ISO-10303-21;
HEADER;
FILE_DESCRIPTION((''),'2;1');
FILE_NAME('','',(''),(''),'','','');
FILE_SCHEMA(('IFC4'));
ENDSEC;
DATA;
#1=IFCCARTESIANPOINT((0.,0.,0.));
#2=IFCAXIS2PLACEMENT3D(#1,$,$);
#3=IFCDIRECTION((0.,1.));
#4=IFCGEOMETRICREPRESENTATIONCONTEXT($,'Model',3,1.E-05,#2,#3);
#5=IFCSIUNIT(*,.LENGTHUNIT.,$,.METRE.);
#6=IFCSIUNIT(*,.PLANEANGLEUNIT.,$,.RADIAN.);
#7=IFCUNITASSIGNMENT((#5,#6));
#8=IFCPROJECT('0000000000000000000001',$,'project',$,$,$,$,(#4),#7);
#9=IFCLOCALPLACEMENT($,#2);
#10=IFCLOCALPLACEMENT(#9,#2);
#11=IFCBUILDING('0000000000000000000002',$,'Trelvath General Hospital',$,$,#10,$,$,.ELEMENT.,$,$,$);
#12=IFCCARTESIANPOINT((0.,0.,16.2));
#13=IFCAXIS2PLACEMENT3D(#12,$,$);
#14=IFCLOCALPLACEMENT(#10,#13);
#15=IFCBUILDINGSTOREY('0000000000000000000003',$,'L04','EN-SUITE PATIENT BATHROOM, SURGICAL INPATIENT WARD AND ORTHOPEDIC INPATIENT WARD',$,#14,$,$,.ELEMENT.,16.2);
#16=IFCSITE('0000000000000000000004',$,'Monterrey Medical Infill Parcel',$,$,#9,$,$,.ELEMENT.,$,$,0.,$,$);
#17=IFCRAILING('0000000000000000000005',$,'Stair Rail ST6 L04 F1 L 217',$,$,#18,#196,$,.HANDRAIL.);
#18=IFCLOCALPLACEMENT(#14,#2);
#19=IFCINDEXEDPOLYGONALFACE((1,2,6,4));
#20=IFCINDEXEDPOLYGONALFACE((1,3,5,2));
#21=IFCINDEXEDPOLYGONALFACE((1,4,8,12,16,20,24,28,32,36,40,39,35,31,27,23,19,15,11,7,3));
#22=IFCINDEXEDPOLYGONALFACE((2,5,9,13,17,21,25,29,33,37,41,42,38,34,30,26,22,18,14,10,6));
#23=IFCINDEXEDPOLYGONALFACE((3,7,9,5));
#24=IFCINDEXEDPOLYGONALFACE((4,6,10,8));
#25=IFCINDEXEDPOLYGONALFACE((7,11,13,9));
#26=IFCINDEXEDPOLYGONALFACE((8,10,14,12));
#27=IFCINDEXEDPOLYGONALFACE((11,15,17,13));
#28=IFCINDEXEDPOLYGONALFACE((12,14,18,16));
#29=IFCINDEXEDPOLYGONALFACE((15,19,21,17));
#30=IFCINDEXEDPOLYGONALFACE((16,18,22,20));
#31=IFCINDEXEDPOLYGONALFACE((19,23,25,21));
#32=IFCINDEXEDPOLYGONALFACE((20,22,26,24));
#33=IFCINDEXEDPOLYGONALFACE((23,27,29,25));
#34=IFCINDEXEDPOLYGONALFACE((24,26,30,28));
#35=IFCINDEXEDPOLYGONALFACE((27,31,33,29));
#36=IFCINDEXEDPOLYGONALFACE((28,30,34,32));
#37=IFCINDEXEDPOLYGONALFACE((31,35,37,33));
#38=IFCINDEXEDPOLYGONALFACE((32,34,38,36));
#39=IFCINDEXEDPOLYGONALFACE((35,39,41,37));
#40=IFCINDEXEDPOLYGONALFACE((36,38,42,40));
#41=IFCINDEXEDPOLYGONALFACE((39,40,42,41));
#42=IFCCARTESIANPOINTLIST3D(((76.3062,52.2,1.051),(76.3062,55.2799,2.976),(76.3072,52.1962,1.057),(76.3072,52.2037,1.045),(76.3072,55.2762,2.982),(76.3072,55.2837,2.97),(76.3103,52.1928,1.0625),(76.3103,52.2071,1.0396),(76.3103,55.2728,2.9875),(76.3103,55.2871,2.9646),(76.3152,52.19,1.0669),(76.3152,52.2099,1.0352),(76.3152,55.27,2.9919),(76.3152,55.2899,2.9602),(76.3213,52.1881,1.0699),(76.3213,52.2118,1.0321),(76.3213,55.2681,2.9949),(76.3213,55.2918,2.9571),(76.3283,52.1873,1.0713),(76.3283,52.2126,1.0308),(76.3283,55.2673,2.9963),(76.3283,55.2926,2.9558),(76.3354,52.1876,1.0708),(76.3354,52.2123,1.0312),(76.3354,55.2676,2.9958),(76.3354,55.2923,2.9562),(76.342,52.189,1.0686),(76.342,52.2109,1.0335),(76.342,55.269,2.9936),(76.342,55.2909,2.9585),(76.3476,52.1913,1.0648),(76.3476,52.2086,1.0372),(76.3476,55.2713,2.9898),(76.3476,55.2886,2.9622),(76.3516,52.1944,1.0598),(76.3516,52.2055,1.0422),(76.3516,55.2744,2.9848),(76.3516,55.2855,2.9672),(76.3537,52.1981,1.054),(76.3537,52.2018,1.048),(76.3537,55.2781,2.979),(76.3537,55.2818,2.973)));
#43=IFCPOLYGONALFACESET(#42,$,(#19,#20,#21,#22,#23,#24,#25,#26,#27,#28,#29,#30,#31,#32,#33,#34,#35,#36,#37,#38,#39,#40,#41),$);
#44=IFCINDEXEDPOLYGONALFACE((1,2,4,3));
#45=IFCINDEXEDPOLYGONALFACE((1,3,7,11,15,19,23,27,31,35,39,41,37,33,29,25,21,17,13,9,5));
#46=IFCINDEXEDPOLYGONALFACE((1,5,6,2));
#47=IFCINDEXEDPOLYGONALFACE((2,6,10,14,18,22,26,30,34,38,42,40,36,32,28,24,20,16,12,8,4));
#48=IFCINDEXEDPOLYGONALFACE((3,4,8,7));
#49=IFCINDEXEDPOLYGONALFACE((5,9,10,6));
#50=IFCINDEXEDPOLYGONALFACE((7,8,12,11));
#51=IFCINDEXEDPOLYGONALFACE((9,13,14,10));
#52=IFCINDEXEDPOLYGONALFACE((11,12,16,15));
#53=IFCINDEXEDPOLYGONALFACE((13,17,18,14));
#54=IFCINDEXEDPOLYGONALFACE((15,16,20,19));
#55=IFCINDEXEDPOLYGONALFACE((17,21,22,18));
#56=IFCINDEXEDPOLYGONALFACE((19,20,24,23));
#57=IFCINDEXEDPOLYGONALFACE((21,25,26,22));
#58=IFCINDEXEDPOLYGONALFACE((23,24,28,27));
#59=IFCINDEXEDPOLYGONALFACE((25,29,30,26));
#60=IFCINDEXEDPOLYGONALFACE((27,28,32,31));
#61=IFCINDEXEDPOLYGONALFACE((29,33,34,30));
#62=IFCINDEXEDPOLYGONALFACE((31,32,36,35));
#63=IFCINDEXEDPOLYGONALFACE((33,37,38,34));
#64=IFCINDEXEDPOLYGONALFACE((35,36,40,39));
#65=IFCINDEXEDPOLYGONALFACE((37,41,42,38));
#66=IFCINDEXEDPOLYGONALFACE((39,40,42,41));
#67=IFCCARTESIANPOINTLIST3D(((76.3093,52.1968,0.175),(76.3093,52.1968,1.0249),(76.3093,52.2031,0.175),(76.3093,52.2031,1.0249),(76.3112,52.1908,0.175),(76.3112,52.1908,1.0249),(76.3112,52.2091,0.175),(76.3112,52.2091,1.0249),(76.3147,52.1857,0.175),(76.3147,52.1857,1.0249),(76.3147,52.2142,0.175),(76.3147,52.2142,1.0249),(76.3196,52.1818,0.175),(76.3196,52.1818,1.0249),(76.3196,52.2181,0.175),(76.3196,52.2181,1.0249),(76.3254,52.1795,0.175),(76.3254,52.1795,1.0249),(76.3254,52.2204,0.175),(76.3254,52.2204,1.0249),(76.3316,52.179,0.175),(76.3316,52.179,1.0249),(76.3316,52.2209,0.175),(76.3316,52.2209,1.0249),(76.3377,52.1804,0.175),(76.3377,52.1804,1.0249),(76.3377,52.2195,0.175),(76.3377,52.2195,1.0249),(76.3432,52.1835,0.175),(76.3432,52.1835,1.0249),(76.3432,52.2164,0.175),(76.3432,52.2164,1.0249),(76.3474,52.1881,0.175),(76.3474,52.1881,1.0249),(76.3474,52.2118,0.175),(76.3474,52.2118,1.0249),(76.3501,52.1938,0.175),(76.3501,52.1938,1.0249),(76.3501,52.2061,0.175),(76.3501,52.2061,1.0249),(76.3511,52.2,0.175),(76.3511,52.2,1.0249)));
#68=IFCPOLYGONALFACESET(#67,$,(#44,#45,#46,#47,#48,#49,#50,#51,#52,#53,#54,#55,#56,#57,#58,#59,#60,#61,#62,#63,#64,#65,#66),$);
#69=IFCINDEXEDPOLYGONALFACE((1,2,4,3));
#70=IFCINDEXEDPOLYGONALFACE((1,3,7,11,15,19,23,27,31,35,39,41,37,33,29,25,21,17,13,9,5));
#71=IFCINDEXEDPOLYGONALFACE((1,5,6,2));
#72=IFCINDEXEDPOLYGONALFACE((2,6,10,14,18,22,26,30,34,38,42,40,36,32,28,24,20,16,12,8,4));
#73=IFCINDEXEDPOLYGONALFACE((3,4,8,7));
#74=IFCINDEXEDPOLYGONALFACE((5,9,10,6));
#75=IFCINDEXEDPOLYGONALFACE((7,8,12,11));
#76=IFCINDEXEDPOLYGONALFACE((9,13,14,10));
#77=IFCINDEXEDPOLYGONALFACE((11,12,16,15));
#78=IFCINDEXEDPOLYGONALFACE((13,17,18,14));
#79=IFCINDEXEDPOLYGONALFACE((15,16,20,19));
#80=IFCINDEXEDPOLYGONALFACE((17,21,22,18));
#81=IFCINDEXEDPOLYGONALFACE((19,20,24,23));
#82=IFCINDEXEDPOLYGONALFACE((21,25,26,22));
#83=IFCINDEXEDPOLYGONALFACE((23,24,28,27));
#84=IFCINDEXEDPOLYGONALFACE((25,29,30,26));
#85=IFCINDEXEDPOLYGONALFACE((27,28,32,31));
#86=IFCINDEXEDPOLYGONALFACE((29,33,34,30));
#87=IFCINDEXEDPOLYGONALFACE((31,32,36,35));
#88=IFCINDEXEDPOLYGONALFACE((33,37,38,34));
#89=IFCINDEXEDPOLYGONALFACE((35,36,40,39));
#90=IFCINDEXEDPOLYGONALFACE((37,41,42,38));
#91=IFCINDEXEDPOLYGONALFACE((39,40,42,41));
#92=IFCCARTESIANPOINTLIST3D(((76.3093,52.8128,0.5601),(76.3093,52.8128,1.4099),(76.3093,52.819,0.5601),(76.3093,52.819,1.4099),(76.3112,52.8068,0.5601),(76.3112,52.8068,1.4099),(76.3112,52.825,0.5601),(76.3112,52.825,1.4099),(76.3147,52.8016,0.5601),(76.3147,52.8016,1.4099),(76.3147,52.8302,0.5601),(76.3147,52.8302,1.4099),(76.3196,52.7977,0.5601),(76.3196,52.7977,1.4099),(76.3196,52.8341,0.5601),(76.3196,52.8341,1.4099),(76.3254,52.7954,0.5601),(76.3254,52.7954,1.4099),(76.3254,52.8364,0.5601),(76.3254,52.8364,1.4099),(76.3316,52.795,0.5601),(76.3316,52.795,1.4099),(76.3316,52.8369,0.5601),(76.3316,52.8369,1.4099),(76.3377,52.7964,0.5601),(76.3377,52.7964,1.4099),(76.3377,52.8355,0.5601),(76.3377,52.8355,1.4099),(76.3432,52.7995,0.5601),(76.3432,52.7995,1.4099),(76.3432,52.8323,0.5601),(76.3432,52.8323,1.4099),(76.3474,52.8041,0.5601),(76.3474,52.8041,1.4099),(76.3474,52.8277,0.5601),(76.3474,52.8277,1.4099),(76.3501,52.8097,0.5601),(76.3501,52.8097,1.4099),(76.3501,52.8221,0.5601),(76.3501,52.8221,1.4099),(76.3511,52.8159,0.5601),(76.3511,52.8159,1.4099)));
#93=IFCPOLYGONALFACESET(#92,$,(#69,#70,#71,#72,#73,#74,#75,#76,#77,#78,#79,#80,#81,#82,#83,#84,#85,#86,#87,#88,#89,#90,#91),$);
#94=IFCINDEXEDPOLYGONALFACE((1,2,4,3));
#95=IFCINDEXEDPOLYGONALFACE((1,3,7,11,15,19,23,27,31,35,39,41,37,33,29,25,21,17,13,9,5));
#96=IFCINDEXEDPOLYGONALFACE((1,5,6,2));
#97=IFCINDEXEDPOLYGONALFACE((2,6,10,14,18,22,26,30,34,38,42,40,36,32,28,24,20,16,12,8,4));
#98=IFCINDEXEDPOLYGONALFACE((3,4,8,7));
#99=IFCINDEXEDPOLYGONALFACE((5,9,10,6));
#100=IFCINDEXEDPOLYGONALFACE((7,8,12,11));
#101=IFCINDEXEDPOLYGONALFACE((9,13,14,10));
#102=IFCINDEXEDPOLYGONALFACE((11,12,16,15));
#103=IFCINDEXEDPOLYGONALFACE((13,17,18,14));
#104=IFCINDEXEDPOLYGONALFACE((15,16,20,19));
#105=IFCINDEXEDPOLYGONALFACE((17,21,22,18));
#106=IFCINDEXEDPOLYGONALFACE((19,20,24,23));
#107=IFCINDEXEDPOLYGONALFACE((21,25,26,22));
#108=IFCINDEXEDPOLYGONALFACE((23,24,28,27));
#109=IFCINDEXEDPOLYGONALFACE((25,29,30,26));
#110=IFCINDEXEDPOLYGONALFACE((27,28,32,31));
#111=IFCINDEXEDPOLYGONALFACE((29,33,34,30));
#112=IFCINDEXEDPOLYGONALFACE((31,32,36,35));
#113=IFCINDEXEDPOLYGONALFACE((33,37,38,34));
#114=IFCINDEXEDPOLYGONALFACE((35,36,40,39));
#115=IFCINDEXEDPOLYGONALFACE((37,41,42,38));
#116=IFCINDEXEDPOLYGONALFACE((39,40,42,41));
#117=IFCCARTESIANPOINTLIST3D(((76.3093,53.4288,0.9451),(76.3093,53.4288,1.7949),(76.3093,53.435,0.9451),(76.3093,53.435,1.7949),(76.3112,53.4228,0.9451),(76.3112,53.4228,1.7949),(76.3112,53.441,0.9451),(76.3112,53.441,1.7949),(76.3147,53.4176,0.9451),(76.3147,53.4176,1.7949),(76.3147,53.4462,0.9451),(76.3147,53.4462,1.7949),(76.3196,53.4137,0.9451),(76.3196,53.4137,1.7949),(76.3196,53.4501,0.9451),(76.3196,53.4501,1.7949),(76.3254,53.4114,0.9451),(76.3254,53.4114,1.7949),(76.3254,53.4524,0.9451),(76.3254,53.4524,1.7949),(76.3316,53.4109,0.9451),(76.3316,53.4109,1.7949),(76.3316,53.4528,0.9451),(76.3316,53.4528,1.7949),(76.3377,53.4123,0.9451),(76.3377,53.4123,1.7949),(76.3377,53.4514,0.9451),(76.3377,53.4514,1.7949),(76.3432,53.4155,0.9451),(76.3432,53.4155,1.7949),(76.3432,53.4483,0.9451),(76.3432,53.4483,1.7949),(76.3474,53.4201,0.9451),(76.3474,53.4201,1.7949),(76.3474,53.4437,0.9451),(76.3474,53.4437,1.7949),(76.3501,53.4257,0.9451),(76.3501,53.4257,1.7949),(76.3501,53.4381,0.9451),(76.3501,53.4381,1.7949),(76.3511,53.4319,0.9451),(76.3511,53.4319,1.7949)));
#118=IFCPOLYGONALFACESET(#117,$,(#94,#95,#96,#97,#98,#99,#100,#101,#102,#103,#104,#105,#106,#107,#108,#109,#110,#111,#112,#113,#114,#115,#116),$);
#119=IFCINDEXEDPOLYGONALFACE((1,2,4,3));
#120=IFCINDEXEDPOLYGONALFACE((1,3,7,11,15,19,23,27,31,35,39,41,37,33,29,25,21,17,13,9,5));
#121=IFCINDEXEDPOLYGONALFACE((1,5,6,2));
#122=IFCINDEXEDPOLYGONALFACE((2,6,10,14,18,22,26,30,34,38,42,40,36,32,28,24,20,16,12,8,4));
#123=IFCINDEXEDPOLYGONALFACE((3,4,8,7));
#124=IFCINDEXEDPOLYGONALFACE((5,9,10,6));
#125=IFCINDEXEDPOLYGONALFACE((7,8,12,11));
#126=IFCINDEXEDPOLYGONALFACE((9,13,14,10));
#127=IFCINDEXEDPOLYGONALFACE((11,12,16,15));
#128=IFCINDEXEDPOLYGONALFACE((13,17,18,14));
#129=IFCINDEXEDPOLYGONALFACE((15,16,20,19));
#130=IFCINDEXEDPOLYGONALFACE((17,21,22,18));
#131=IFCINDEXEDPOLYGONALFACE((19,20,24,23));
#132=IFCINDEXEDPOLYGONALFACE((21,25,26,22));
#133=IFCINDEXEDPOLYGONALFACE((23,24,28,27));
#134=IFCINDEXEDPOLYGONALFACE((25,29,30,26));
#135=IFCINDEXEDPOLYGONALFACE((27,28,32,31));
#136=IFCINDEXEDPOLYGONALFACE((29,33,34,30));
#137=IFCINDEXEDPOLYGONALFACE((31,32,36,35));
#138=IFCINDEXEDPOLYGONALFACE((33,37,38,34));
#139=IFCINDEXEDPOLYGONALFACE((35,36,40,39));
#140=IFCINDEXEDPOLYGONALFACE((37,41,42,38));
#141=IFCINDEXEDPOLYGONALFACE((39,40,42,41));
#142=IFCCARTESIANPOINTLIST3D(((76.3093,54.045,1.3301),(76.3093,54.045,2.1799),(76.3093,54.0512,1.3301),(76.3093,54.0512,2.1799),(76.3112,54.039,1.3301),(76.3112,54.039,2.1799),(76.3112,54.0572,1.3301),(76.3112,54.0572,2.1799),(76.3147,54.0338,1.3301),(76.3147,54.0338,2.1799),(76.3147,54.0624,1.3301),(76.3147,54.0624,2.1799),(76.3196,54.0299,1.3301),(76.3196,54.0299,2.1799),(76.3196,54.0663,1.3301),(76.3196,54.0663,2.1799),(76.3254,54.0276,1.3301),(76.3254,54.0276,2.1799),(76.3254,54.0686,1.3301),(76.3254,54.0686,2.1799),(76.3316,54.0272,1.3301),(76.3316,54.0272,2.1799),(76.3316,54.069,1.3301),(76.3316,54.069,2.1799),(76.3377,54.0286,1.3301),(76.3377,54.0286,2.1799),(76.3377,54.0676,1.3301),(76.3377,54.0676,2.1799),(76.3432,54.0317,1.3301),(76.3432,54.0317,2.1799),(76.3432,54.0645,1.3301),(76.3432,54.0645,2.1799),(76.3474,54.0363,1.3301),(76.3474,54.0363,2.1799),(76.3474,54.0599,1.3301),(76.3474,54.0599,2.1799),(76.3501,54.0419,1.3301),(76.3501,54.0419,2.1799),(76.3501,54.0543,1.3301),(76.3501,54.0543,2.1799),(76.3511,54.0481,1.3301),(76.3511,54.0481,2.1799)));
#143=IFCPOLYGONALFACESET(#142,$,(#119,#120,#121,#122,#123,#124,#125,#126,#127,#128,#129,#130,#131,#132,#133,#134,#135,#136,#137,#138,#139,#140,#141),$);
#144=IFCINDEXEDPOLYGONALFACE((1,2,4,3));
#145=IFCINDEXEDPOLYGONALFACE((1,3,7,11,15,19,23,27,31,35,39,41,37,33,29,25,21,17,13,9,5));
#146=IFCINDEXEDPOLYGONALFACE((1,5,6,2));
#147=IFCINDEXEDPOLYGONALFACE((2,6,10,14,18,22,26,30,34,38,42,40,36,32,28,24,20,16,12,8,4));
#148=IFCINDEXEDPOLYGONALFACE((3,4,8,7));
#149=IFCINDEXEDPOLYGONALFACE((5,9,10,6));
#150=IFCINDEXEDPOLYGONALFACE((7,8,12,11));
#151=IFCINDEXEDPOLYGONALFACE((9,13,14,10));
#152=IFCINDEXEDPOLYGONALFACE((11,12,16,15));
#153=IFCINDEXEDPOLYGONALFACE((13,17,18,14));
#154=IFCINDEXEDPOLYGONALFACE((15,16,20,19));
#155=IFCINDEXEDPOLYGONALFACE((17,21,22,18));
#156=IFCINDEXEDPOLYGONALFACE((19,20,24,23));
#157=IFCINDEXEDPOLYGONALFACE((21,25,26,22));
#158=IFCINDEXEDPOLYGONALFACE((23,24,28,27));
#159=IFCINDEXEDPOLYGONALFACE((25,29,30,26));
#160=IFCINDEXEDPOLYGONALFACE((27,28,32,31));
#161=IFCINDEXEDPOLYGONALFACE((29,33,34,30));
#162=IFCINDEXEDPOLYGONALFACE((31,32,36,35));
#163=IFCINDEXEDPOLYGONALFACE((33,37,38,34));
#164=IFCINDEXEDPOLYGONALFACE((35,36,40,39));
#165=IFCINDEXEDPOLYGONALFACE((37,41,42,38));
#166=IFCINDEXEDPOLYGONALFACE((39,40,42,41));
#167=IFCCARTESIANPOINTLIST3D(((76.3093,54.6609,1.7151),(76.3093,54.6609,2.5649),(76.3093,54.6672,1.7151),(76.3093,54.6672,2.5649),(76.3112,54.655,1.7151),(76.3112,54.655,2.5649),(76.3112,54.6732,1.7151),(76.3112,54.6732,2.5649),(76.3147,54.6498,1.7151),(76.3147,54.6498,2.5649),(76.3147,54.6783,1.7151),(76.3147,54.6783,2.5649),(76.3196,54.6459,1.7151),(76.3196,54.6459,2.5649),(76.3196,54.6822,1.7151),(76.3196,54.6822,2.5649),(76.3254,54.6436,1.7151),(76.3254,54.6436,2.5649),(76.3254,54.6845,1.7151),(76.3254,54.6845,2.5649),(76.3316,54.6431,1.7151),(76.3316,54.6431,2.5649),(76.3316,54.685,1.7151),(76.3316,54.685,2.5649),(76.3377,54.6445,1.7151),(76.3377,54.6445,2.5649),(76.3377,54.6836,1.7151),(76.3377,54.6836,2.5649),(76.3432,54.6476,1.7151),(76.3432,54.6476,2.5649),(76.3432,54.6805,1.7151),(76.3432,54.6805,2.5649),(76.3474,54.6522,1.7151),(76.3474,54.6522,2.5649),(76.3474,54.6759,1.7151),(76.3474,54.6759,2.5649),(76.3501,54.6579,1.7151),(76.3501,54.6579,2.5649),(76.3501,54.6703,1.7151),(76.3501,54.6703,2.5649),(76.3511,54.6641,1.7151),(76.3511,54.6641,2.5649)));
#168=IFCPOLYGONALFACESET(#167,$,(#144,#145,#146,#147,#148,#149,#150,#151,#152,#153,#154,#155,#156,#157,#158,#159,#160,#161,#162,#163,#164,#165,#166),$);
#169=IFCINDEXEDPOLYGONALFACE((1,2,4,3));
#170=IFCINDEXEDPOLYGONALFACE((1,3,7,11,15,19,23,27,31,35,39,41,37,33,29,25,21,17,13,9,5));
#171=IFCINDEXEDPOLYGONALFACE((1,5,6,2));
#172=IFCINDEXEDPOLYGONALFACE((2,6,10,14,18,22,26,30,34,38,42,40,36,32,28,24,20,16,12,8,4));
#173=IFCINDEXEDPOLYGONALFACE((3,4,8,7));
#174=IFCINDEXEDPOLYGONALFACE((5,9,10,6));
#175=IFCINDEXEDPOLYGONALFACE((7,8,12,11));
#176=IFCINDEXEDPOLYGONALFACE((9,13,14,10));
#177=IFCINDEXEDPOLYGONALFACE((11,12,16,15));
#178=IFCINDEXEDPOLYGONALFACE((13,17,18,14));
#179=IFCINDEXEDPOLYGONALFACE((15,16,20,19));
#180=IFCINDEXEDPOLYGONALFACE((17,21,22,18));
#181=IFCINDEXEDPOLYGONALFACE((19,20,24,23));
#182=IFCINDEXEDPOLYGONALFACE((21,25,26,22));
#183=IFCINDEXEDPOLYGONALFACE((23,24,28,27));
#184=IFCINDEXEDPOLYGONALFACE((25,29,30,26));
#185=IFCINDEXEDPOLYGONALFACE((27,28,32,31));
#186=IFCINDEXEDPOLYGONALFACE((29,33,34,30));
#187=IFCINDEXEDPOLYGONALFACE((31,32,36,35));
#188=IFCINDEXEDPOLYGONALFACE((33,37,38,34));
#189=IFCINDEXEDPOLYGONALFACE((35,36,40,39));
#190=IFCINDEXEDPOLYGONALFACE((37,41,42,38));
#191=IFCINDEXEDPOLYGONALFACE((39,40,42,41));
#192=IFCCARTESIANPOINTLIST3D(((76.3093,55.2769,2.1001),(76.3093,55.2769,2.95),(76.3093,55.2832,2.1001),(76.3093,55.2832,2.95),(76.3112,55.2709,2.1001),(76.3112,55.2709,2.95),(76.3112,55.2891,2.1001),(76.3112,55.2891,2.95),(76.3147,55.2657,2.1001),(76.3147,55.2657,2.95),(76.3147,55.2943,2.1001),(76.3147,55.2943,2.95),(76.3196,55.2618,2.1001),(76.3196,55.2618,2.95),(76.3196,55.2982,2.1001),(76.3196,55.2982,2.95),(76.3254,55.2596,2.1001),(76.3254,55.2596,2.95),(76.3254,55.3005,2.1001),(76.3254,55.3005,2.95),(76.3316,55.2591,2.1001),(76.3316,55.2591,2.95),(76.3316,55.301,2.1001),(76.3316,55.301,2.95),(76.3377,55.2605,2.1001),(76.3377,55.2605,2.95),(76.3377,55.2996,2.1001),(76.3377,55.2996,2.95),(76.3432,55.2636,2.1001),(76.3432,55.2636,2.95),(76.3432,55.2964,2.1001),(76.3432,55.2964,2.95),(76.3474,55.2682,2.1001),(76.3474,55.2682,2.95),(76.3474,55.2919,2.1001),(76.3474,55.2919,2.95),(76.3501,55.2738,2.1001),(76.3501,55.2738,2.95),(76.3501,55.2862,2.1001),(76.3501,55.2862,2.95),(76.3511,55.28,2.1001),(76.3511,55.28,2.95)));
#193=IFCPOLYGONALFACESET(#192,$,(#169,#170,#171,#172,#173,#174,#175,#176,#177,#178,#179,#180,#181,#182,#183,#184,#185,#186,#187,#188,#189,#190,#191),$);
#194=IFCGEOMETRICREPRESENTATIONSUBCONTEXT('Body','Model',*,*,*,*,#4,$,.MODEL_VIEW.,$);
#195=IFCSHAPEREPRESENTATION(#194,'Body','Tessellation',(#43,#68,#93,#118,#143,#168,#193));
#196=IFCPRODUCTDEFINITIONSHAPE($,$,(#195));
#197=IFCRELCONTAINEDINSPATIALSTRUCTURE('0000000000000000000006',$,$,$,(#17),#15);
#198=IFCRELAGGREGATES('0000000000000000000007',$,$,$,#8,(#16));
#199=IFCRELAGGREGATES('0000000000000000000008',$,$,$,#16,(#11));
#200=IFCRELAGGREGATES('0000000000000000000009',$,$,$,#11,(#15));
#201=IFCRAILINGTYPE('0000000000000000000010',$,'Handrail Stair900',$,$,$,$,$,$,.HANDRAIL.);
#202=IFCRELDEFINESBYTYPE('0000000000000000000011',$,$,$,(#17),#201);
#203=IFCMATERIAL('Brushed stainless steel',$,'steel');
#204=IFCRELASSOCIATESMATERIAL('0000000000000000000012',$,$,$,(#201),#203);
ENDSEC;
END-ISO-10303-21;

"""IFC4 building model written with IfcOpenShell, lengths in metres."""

from ifc_helpers import new_model, si_unit, direction, frame, origin, origin_2d, place, context, subcontext, project, spatial, circle, extrude, material, type_object, element, save


model = new_model("IFC4")

# Units and contexts
model_context = context("Model", 3, precision=1e-05, world=origin(), true_north=direction((0.0, 1.0)))
body_context = subcontext(model_context, "Body", "Model", "MODEL_VIEW")
ifc_project = project(units=[si_unit("LENGTHUNIT", "METRE"), si_unit("PLANEANGLEUNIT", "RADIAN")], contexts=[model_context])

# Site, building, storey
site_placement = place(None, origin())
site = spatial("IfcSite", under=ifc_project, at=site_placement, Name="Monterrey Medical Infill Parcel", CompositionType="ELEMENT", RefElevation=0.0)
building_placement = place(site_placement, origin())
building = spatial("IfcBuilding", under=site, at=building_placement, Name="Trelvath General Hospital", CompositionType="ELEMENT")
storey_placement = place(building_placement, frame((0.0, 0.0, 16.2)))
storey = spatial("IfcBuildingStorey", under=building, at=storey_placement, Name="L04", Description="EN-SUITE PATIENT BATHROOM, SURGICAL INPATIENT WARD AND ORTHOPEDIC INPATIENT WARD", CompositionType="ELEMENT", Elevation=16.2)

# Railing
ifc_material_1 = material(Name="Brushed stainless steel", Category="steel")
railing_type_1 = type_object("IfcRailingType", Name="Handrail Stair900", PredefinedType="HANDRAIL", material=ifc_material_1)
railing_1_placement = place(storey_placement, frame((76.3301, 52.2, 0.175)))
element("IfcRailing", 1, at=railing_1_placement, inside=storey, type_object=railing_type_1, Name="Stair Rail ST6 L04 F1 L 217", PredefinedType="HANDRAIL", context=body_context, shape_type="SweptSolid", body=[
    extrude(circle(Radius=0.0239, at=origin_2d()), frame((0.0, 0.0, 0.876), z_axis=(0.0, 0.847998, 0.529999), x_axis=(-1.0, 0.0, 0.0)), (0.0, 0.0, 1.0), 3.6321),
    extrude(circle(Radius=0.021, at=origin_2d()), origin(), (0.0, 0.0, 1.0), 0.8499),
    extrude(circle(Radius=0.021, at=origin_2d()), frame((0.0, 0.616, 0.385)), (0.0, 0.0, 1.0), 0.8499),
    extrude(circle(Radius=0.021, at=origin_2d()), frame((0.0, 1.2319, 0.77)), (0.0, 0.0, 1.0), 0.8499),
    extrude(circle(Radius=0.021, at=origin_2d()), frame((0.0, 1.8481, 1.155)), (0.0, 0.0, 1.0), 0.8499),
    extrude(circle(Radius=0.021, at=origin_2d()), frame((0.0, 2.4641, 1.54)), (0.0, 0.0, 1.0), 0.8499),
    extrude(circle(Radius=0.021, at=origin_2d()), frame((0.0, 3.0801, 1.925)), (0.0, 0.0, 1.0), 0.8499),
])

save(model, "model.ifc")
